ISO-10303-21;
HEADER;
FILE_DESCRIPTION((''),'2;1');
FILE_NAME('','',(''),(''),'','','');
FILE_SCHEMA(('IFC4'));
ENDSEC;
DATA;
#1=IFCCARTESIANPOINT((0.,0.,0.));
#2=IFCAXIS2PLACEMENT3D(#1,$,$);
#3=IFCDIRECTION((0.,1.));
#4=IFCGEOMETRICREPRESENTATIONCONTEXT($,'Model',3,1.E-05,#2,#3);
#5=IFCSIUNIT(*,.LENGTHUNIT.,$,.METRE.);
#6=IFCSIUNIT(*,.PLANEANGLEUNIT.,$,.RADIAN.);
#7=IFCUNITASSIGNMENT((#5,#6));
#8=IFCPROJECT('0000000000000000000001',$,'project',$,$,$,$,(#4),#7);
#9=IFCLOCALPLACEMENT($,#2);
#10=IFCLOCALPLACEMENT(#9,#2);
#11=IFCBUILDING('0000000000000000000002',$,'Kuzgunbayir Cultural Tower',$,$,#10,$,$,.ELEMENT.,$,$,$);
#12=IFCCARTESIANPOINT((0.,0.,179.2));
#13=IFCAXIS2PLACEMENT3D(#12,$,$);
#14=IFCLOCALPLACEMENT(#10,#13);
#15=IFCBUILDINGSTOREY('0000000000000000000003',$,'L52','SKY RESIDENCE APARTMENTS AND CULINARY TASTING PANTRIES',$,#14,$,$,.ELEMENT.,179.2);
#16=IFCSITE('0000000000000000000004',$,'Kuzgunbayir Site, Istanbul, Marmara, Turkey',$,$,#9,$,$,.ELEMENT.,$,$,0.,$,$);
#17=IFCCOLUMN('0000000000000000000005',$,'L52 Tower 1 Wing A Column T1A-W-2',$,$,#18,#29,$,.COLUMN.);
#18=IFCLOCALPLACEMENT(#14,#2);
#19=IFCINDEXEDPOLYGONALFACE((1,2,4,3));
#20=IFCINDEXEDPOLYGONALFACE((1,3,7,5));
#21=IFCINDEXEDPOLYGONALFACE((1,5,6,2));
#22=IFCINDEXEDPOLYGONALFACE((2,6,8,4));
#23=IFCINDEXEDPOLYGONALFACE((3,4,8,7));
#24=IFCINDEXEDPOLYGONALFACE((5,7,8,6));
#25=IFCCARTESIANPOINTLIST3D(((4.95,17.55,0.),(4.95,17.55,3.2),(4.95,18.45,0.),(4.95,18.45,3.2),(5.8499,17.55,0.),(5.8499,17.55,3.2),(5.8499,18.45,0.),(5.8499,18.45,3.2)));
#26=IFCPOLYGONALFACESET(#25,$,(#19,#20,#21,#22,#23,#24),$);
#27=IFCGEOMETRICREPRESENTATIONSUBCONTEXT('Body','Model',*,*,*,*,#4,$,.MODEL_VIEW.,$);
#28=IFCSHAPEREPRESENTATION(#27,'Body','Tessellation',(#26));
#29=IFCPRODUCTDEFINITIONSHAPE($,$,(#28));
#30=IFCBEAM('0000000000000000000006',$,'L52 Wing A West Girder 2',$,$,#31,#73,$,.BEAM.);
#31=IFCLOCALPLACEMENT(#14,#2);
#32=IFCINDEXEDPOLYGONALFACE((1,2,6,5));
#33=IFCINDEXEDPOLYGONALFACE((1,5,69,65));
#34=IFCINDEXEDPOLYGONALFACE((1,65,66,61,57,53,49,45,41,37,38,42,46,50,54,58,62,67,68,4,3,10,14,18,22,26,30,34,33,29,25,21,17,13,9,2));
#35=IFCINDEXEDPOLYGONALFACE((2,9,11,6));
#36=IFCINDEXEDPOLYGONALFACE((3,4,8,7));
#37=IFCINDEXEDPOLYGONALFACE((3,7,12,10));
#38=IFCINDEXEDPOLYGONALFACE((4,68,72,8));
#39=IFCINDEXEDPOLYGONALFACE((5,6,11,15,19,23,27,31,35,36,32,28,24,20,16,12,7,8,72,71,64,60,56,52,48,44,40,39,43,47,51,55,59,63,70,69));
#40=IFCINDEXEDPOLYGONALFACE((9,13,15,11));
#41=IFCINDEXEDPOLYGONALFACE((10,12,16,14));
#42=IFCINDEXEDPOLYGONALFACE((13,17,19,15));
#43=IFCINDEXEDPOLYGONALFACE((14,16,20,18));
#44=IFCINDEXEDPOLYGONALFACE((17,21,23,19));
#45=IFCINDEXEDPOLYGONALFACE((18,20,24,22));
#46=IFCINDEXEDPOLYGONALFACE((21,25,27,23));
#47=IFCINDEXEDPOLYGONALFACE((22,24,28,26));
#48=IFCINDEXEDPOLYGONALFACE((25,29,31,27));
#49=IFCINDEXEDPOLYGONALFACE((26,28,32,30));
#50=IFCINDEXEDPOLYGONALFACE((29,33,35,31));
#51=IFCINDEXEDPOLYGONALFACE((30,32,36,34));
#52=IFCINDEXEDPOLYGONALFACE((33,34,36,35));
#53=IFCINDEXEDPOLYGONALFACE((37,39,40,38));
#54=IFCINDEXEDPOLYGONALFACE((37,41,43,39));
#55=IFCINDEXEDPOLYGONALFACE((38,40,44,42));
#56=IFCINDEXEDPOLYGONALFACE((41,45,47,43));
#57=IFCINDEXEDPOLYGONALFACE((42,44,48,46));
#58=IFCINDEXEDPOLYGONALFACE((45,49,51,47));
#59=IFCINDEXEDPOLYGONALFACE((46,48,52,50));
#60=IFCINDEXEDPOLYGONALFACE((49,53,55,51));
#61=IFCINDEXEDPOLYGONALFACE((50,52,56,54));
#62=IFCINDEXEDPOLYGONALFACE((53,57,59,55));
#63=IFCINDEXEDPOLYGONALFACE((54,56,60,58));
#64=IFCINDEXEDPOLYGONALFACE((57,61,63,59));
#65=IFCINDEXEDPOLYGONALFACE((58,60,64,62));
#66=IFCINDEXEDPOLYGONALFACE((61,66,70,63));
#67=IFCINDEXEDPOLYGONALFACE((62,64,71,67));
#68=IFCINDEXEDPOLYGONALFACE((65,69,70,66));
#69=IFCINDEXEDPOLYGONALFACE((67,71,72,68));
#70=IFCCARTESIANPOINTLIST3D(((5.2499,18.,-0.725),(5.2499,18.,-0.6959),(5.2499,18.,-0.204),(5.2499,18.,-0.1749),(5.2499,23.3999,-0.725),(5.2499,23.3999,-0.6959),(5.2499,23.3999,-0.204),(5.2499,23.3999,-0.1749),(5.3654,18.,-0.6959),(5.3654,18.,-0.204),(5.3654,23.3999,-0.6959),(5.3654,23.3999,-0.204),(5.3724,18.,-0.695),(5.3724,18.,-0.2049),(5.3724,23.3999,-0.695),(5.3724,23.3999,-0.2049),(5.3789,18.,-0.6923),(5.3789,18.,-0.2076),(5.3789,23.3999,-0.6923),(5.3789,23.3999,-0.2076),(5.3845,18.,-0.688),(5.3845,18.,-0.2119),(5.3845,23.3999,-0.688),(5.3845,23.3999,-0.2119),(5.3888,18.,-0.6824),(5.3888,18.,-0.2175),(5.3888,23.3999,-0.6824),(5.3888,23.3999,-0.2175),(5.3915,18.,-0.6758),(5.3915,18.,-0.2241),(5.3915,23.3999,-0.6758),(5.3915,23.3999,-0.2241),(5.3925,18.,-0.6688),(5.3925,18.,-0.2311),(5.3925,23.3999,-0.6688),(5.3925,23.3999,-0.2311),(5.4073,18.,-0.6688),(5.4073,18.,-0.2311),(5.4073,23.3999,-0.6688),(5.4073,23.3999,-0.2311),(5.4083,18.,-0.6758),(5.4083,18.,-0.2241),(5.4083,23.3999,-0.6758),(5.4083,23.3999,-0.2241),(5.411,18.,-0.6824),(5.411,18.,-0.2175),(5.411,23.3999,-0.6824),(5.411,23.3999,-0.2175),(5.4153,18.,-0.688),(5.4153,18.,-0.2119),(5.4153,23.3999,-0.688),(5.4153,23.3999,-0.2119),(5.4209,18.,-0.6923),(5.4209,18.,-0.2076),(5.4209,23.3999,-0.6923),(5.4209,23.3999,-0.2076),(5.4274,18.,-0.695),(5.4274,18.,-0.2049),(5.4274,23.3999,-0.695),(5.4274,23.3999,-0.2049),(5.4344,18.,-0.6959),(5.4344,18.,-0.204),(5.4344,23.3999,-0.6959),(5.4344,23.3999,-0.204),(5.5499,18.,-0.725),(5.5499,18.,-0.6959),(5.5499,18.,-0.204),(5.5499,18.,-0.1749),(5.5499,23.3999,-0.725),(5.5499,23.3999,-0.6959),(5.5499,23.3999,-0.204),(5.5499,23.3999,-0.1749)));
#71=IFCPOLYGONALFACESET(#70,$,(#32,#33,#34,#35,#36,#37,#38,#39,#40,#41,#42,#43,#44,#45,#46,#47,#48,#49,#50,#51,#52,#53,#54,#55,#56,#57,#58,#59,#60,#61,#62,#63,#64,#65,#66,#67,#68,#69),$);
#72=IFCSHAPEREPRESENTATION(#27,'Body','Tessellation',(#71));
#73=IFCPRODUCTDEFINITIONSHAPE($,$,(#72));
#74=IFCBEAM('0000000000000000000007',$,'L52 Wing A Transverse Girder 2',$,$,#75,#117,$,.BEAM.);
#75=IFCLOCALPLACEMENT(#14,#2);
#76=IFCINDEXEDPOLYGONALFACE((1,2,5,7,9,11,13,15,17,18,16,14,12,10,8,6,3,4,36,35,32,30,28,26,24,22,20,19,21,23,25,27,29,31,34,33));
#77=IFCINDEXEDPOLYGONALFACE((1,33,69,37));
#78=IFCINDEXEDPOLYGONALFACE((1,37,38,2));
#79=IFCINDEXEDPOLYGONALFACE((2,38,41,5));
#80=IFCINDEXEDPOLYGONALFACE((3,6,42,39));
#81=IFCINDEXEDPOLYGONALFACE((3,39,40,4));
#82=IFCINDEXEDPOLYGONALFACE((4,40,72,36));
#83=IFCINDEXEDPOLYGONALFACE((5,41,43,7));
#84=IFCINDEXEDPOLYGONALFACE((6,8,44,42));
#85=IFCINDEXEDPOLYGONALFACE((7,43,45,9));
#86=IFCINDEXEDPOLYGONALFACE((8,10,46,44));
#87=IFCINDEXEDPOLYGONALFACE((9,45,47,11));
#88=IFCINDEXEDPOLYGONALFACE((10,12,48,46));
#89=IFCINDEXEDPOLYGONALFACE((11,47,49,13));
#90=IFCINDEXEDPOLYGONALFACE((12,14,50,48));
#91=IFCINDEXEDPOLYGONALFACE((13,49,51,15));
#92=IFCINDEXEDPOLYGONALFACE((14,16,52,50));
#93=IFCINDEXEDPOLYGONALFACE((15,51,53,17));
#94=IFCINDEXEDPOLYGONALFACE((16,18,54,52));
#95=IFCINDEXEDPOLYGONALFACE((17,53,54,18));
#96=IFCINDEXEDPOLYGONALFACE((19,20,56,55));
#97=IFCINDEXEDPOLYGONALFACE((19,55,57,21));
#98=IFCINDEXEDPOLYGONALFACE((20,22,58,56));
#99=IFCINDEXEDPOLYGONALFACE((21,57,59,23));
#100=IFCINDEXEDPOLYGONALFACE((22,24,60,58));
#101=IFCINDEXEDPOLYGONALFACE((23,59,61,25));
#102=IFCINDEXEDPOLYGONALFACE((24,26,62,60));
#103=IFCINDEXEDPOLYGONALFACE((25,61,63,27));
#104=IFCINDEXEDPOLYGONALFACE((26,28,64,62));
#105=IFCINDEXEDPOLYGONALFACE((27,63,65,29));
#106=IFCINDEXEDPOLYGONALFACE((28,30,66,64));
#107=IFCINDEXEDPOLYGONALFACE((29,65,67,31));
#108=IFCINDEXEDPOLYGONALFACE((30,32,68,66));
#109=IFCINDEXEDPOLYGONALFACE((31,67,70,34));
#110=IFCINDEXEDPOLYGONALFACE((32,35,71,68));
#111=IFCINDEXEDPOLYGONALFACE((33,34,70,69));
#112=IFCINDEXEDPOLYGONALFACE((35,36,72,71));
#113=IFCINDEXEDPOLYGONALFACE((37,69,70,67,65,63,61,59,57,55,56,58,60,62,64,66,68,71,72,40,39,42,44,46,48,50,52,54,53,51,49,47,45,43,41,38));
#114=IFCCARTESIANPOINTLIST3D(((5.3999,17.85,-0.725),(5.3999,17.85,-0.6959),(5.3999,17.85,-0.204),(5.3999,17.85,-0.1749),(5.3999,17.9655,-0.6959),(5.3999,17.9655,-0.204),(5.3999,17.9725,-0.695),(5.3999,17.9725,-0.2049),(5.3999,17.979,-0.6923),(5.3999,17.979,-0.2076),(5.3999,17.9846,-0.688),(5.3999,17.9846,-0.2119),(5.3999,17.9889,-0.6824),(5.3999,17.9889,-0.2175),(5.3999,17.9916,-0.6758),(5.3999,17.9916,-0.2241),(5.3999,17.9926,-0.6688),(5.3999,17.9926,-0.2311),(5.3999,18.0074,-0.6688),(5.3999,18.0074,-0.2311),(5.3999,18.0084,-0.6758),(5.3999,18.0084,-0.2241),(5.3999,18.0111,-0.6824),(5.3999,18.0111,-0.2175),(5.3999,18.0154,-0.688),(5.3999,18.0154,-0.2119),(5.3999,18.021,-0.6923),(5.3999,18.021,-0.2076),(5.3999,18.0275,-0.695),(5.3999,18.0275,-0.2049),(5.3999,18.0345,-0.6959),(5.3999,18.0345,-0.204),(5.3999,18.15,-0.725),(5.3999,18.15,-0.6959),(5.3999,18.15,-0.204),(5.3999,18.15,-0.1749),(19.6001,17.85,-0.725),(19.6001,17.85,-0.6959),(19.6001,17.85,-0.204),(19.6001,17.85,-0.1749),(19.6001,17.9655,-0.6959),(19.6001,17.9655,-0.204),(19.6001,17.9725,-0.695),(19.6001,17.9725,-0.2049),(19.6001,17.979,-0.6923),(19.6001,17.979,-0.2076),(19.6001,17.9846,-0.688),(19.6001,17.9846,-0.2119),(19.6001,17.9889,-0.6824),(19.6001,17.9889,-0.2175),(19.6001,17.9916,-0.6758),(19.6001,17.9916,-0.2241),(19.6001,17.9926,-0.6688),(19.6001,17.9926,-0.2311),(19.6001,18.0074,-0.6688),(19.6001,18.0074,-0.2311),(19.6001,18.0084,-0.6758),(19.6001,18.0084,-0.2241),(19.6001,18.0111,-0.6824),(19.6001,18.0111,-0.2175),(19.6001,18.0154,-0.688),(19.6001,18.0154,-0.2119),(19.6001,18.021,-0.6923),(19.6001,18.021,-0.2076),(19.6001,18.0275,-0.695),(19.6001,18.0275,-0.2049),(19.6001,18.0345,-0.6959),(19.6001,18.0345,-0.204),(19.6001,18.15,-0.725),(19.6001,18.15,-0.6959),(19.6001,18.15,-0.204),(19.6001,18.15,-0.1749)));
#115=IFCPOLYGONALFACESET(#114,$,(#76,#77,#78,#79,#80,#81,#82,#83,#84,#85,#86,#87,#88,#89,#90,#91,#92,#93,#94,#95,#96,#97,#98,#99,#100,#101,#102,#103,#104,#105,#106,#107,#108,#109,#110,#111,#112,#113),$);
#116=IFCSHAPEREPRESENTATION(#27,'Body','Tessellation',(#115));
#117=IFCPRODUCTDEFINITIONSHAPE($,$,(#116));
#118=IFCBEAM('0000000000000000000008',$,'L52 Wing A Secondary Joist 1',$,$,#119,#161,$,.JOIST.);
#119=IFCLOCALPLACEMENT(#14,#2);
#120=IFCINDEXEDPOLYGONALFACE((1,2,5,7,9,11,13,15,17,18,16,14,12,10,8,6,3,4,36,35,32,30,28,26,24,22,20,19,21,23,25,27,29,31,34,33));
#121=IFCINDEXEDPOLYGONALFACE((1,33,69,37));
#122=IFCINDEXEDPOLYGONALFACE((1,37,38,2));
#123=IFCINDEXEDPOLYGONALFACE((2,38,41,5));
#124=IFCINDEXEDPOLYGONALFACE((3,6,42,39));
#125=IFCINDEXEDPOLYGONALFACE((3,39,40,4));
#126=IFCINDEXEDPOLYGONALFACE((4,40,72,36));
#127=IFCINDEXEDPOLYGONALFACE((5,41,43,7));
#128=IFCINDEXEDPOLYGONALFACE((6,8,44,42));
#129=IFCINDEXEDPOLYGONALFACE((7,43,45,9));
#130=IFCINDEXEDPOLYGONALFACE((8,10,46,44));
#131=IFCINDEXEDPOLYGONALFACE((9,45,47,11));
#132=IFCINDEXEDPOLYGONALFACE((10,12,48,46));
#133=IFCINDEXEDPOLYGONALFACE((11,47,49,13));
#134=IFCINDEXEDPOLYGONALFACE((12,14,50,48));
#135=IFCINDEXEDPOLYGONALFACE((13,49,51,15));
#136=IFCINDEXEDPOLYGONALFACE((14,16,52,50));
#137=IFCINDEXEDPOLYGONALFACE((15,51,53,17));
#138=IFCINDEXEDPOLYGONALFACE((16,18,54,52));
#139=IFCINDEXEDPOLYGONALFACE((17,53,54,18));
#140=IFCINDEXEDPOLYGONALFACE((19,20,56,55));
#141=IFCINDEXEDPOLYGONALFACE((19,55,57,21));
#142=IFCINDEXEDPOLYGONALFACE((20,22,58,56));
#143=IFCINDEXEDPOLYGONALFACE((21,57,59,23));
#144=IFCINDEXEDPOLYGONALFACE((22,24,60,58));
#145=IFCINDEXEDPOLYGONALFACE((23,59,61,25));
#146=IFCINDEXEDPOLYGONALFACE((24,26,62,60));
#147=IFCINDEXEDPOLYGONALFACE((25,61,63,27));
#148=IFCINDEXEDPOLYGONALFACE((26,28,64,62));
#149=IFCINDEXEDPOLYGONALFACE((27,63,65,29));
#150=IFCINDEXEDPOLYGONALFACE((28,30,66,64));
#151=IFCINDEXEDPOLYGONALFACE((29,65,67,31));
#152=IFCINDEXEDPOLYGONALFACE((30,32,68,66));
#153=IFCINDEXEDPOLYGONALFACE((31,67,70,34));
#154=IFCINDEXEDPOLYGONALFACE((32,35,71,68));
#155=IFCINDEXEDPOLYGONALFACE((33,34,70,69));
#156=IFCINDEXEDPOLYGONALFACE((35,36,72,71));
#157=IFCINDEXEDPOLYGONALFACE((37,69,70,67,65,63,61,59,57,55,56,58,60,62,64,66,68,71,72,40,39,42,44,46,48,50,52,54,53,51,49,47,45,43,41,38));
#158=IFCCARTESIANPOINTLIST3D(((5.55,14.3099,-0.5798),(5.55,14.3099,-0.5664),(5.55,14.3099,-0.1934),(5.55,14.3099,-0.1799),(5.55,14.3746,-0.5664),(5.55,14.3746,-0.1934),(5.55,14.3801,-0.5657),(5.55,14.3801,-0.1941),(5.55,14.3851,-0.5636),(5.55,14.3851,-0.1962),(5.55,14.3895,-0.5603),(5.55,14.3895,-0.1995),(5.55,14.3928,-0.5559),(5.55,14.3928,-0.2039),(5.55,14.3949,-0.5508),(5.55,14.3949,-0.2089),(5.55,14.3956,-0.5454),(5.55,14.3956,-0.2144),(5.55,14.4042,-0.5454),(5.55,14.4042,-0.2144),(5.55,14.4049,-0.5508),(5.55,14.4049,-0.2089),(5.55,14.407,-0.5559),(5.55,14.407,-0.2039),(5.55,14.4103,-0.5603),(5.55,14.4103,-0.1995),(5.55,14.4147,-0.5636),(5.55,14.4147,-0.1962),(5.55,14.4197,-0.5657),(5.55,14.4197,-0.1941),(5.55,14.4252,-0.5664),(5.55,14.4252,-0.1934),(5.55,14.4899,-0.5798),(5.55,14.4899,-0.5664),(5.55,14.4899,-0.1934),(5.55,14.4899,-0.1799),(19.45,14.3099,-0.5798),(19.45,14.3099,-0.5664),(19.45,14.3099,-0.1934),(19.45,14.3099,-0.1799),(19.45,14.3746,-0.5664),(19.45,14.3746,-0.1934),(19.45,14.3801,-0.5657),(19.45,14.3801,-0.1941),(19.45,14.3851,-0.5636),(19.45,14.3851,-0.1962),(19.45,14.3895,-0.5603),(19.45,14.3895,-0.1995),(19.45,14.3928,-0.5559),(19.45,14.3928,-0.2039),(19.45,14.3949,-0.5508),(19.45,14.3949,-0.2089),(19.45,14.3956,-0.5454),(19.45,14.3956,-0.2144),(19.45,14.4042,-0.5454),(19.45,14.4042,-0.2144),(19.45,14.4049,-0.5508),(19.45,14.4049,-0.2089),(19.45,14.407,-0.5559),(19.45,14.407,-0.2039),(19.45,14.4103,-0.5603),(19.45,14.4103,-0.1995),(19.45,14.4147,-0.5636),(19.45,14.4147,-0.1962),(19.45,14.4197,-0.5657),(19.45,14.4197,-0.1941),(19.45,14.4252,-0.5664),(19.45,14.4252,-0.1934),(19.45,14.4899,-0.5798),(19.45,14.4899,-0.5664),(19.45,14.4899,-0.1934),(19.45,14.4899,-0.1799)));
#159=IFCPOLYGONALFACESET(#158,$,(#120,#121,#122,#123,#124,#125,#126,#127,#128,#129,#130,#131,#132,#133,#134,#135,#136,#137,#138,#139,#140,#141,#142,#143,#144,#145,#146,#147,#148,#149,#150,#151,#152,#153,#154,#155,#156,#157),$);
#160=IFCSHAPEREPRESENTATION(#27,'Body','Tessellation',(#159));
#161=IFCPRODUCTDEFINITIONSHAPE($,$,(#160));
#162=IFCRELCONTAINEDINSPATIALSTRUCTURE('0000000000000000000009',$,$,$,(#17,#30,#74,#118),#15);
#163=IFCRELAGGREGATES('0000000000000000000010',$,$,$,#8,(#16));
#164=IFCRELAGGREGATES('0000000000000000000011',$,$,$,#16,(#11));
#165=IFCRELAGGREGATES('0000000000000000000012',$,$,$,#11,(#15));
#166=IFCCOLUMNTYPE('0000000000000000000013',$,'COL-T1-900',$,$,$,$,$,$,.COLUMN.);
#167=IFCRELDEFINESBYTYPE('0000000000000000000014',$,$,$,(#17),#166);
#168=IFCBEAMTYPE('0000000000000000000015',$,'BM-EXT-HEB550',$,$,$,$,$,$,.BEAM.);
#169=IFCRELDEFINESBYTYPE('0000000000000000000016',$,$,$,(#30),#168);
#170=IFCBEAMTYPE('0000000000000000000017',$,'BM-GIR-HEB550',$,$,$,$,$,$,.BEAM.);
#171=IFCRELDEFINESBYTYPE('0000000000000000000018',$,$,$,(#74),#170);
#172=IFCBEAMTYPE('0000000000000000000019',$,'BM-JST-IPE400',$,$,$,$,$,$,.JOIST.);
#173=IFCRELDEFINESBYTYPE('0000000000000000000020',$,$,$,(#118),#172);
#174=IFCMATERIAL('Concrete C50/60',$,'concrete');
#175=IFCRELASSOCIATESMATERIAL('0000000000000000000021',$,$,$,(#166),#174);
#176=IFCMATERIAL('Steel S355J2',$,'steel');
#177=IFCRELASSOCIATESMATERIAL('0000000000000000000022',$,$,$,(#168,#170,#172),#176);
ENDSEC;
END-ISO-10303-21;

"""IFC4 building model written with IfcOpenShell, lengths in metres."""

from ifc_helpers import new_model, si_unit, direction, frame, origin, origin_2d, place, context, subcontext, project, spatial, rectangle, i_section, extrude, material, material_profile, profile_set, type_object, element, save


model = new_model("IFC4")

# Units and contexts
model_context = context("Model", 3, precision=1e-05, world=origin(), true_north=direction((0.0, 1.0)))
body_context = subcontext(model_context, "Body", "Model", "MODEL_VIEW")
ifc_project = project(units=[si_unit("LENGTHUNIT", "METRE"), si_unit("PLANEANGLEUNIT", "RADIAN")], contexts=[model_context])

# Site, building, storey
site_placement = place(None, origin())
site = spatial("IfcSite", under=ifc_project, at=site_placement, Name="Kuzgunbayir Site, Istanbul, Marmara, Turkey", CompositionType="ELEMENT", RefElevation=0.0)
building_placement = place(site_placement, origin())
building = spatial("IfcBuilding", under=site, at=building_placement, Name="Kuzgunbayir Cultural Tower", CompositionType="ELEMENT")
storey_placement = place(building_placement, frame((0.0, 0.0, 179.2)))
storey = spatial("IfcBuildingStorey", under=building, at=storey_placement, Name="L52", Description="SKY RESIDENCE APARTMENTS AND CULINARY TASTING PANTRIES", CompositionType="ELEMENT", Elevation=179.2)

# Column
ifc_material_1 = material(Name="Concrete C50/60", Category="concrete")
ifc_material_profile_1 = material_profile(ifc_material_1, rectangle(XDim=0.8999, YDim=0.8999, at=origin_2d()), Name="RC 900x900")
ifc_profile_set_1 = profile_set([ifc_material_profile_1], Name="Concrete C50/60")
column_type = type_object("IfcColumnType", Name="COL-T1-900", PredefinedType="COLUMN", material=ifc_profile_set_1)
column_placement = place(storey_placement, frame((5.3999, 18.0, 0.0), z_axis=(0.0, 0.0, 1.0), x_axis=(1.0, 0.0, 0.0)))
element("IfcColumn", 1, at=column_placement, inside=storey, type_object=column_type, Name="L52 Tower 1 Wing A Column T1A-W-2", PredefinedType="COLUMN", context=body_context, shape_type="SweptSolid", body=[
    extrude(rectangle(XDim=0.8999, YDim=0.8999, at=origin_2d()), origin(), (0.0, 0.0, 1.0), 3.2),
])

# Beams
ifc_material_2 = material(Name="Steel S355J2", Category="steel")
ifc_material_profile_2 = material_profile(ifc_material_2, i_section(OverallWidth=0.3, OverallDepth=0.55, WebThickness=0.0149, FlangeThickness=0.0291, FilletRadius=0.0271, at=origin_2d()), Name="HEB 550")
ifc_profile_set_2 = profile_set([ifc_material_profile_2], Name="Steel S355J2")
beam_type_1 = type_object("IfcBeamType", Name="BM-EXT-HEB550", PredefinedType="BEAM", material=ifc_profile_set_2)
beam_1_placement = place(storey_placement, frame((5.3999, 18.0, -0.45), z_axis=(0.0, 1.0, 0.0), x_axis=(-1.0, 0.0, 0.0)))
element("IfcBeam", 2, at=beam_1_placement, inside=storey, type_object=beam_type_1, Name="L52 Wing A West Girder 2", PredefinedType="BEAM", context=body_context, shape_type="SweptSolid", body=[
    extrude(i_section(OverallWidth=0.3, OverallDepth=0.55, WebThickness=0.0149, FlangeThickness=0.0291, FilletRadius=0.0271, at=origin_2d()), origin(), (0.0, 0.0, 1.0), 5.3999),
])
ifc_material_profile_3 = material_profile(ifc_material_2, i_section(OverallWidth=0.3, OverallDepth=0.55, WebThickness=0.0149, FlangeThickness=0.0291, FilletRadius=0.0271, at=origin_2d()), Name="HEB 550")
ifc_profile_set_3 = profile_set([ifc_material_profile_3], Name="Steel S355J2")
beam_type_2 = type_object("IfcBeamType", Name="BM-GIR-HEB550", PredefinedType="BEAM", material=ifc_profile_set_3)
beam_2_placement = place(storey_placement, frame((5.3999, 18.0, -0.45), z_axis=(1.0, 0.0, 0.0), x_axis=(0.0, 1.0, 0.0)))
element("IfcBeam", 3, at=beam_2_placement, inside=storey, type_object=beam_type_2, Name="L52 Wing A Transverse Girder 2", PredefinedType="BEAM", context=body_context, shape_type="SweptSolid", body=[
    extrude(i_section(OverallWidth=0.3, OverallDepth=0.55, WebThickness=0.0149, FlangeThickness=0.0291, FilletRadius=0.0271, at=origin_2d()), origin(), (0.0, 0.0, 1.0), 14.2002),
])
ifc_material_profile_4 = material_profile(ifc_material_2, i_section(OverallWidth=0.1799, OverallDepth=0.3999, WebThickness=0.0085, FlangeThickness=0.0134, FilletRadius=0.021, at=origin_2d()), Name="IPE 400")
ifc_profile_set_4 = profile_set([ifc_material_profile_4], Name="Steel S355J2")
beam_type_3 = type_object("IfcBeamType", Name="BM-JST-IPE400", PredefinedType="JOIST", material=ifc_profile_set_4)
for number, where, z_axis, x_axis, name in (
    (4, (5.55, 14.3999, -0.3799), (1.0, 0.0, 0.0), (0.0, 1.0, 0.0), "L52 Wing A Secondary Joist 1"),
):
    element("IfcBeam", number, at=place(storey_placement, frame(where, z_axis=z_axis, x_axis=x_axis)), inside=storey, type_object=beam_type_3, Name=name, PredefinedType="JOIST", context=body_context, shape_type="SweptSolid", body=[
        extrude(i_section(OverallWidth=0.1799, OverallDepth=0.3999, WebThickness=0.0085, FlangeThickness=0.0134, FilletRadius=0.021, at=origin_2d()), origin(), (0.0, 0.0, 1.0), 13.8999),
    ])

save(model, "model.ifc")
